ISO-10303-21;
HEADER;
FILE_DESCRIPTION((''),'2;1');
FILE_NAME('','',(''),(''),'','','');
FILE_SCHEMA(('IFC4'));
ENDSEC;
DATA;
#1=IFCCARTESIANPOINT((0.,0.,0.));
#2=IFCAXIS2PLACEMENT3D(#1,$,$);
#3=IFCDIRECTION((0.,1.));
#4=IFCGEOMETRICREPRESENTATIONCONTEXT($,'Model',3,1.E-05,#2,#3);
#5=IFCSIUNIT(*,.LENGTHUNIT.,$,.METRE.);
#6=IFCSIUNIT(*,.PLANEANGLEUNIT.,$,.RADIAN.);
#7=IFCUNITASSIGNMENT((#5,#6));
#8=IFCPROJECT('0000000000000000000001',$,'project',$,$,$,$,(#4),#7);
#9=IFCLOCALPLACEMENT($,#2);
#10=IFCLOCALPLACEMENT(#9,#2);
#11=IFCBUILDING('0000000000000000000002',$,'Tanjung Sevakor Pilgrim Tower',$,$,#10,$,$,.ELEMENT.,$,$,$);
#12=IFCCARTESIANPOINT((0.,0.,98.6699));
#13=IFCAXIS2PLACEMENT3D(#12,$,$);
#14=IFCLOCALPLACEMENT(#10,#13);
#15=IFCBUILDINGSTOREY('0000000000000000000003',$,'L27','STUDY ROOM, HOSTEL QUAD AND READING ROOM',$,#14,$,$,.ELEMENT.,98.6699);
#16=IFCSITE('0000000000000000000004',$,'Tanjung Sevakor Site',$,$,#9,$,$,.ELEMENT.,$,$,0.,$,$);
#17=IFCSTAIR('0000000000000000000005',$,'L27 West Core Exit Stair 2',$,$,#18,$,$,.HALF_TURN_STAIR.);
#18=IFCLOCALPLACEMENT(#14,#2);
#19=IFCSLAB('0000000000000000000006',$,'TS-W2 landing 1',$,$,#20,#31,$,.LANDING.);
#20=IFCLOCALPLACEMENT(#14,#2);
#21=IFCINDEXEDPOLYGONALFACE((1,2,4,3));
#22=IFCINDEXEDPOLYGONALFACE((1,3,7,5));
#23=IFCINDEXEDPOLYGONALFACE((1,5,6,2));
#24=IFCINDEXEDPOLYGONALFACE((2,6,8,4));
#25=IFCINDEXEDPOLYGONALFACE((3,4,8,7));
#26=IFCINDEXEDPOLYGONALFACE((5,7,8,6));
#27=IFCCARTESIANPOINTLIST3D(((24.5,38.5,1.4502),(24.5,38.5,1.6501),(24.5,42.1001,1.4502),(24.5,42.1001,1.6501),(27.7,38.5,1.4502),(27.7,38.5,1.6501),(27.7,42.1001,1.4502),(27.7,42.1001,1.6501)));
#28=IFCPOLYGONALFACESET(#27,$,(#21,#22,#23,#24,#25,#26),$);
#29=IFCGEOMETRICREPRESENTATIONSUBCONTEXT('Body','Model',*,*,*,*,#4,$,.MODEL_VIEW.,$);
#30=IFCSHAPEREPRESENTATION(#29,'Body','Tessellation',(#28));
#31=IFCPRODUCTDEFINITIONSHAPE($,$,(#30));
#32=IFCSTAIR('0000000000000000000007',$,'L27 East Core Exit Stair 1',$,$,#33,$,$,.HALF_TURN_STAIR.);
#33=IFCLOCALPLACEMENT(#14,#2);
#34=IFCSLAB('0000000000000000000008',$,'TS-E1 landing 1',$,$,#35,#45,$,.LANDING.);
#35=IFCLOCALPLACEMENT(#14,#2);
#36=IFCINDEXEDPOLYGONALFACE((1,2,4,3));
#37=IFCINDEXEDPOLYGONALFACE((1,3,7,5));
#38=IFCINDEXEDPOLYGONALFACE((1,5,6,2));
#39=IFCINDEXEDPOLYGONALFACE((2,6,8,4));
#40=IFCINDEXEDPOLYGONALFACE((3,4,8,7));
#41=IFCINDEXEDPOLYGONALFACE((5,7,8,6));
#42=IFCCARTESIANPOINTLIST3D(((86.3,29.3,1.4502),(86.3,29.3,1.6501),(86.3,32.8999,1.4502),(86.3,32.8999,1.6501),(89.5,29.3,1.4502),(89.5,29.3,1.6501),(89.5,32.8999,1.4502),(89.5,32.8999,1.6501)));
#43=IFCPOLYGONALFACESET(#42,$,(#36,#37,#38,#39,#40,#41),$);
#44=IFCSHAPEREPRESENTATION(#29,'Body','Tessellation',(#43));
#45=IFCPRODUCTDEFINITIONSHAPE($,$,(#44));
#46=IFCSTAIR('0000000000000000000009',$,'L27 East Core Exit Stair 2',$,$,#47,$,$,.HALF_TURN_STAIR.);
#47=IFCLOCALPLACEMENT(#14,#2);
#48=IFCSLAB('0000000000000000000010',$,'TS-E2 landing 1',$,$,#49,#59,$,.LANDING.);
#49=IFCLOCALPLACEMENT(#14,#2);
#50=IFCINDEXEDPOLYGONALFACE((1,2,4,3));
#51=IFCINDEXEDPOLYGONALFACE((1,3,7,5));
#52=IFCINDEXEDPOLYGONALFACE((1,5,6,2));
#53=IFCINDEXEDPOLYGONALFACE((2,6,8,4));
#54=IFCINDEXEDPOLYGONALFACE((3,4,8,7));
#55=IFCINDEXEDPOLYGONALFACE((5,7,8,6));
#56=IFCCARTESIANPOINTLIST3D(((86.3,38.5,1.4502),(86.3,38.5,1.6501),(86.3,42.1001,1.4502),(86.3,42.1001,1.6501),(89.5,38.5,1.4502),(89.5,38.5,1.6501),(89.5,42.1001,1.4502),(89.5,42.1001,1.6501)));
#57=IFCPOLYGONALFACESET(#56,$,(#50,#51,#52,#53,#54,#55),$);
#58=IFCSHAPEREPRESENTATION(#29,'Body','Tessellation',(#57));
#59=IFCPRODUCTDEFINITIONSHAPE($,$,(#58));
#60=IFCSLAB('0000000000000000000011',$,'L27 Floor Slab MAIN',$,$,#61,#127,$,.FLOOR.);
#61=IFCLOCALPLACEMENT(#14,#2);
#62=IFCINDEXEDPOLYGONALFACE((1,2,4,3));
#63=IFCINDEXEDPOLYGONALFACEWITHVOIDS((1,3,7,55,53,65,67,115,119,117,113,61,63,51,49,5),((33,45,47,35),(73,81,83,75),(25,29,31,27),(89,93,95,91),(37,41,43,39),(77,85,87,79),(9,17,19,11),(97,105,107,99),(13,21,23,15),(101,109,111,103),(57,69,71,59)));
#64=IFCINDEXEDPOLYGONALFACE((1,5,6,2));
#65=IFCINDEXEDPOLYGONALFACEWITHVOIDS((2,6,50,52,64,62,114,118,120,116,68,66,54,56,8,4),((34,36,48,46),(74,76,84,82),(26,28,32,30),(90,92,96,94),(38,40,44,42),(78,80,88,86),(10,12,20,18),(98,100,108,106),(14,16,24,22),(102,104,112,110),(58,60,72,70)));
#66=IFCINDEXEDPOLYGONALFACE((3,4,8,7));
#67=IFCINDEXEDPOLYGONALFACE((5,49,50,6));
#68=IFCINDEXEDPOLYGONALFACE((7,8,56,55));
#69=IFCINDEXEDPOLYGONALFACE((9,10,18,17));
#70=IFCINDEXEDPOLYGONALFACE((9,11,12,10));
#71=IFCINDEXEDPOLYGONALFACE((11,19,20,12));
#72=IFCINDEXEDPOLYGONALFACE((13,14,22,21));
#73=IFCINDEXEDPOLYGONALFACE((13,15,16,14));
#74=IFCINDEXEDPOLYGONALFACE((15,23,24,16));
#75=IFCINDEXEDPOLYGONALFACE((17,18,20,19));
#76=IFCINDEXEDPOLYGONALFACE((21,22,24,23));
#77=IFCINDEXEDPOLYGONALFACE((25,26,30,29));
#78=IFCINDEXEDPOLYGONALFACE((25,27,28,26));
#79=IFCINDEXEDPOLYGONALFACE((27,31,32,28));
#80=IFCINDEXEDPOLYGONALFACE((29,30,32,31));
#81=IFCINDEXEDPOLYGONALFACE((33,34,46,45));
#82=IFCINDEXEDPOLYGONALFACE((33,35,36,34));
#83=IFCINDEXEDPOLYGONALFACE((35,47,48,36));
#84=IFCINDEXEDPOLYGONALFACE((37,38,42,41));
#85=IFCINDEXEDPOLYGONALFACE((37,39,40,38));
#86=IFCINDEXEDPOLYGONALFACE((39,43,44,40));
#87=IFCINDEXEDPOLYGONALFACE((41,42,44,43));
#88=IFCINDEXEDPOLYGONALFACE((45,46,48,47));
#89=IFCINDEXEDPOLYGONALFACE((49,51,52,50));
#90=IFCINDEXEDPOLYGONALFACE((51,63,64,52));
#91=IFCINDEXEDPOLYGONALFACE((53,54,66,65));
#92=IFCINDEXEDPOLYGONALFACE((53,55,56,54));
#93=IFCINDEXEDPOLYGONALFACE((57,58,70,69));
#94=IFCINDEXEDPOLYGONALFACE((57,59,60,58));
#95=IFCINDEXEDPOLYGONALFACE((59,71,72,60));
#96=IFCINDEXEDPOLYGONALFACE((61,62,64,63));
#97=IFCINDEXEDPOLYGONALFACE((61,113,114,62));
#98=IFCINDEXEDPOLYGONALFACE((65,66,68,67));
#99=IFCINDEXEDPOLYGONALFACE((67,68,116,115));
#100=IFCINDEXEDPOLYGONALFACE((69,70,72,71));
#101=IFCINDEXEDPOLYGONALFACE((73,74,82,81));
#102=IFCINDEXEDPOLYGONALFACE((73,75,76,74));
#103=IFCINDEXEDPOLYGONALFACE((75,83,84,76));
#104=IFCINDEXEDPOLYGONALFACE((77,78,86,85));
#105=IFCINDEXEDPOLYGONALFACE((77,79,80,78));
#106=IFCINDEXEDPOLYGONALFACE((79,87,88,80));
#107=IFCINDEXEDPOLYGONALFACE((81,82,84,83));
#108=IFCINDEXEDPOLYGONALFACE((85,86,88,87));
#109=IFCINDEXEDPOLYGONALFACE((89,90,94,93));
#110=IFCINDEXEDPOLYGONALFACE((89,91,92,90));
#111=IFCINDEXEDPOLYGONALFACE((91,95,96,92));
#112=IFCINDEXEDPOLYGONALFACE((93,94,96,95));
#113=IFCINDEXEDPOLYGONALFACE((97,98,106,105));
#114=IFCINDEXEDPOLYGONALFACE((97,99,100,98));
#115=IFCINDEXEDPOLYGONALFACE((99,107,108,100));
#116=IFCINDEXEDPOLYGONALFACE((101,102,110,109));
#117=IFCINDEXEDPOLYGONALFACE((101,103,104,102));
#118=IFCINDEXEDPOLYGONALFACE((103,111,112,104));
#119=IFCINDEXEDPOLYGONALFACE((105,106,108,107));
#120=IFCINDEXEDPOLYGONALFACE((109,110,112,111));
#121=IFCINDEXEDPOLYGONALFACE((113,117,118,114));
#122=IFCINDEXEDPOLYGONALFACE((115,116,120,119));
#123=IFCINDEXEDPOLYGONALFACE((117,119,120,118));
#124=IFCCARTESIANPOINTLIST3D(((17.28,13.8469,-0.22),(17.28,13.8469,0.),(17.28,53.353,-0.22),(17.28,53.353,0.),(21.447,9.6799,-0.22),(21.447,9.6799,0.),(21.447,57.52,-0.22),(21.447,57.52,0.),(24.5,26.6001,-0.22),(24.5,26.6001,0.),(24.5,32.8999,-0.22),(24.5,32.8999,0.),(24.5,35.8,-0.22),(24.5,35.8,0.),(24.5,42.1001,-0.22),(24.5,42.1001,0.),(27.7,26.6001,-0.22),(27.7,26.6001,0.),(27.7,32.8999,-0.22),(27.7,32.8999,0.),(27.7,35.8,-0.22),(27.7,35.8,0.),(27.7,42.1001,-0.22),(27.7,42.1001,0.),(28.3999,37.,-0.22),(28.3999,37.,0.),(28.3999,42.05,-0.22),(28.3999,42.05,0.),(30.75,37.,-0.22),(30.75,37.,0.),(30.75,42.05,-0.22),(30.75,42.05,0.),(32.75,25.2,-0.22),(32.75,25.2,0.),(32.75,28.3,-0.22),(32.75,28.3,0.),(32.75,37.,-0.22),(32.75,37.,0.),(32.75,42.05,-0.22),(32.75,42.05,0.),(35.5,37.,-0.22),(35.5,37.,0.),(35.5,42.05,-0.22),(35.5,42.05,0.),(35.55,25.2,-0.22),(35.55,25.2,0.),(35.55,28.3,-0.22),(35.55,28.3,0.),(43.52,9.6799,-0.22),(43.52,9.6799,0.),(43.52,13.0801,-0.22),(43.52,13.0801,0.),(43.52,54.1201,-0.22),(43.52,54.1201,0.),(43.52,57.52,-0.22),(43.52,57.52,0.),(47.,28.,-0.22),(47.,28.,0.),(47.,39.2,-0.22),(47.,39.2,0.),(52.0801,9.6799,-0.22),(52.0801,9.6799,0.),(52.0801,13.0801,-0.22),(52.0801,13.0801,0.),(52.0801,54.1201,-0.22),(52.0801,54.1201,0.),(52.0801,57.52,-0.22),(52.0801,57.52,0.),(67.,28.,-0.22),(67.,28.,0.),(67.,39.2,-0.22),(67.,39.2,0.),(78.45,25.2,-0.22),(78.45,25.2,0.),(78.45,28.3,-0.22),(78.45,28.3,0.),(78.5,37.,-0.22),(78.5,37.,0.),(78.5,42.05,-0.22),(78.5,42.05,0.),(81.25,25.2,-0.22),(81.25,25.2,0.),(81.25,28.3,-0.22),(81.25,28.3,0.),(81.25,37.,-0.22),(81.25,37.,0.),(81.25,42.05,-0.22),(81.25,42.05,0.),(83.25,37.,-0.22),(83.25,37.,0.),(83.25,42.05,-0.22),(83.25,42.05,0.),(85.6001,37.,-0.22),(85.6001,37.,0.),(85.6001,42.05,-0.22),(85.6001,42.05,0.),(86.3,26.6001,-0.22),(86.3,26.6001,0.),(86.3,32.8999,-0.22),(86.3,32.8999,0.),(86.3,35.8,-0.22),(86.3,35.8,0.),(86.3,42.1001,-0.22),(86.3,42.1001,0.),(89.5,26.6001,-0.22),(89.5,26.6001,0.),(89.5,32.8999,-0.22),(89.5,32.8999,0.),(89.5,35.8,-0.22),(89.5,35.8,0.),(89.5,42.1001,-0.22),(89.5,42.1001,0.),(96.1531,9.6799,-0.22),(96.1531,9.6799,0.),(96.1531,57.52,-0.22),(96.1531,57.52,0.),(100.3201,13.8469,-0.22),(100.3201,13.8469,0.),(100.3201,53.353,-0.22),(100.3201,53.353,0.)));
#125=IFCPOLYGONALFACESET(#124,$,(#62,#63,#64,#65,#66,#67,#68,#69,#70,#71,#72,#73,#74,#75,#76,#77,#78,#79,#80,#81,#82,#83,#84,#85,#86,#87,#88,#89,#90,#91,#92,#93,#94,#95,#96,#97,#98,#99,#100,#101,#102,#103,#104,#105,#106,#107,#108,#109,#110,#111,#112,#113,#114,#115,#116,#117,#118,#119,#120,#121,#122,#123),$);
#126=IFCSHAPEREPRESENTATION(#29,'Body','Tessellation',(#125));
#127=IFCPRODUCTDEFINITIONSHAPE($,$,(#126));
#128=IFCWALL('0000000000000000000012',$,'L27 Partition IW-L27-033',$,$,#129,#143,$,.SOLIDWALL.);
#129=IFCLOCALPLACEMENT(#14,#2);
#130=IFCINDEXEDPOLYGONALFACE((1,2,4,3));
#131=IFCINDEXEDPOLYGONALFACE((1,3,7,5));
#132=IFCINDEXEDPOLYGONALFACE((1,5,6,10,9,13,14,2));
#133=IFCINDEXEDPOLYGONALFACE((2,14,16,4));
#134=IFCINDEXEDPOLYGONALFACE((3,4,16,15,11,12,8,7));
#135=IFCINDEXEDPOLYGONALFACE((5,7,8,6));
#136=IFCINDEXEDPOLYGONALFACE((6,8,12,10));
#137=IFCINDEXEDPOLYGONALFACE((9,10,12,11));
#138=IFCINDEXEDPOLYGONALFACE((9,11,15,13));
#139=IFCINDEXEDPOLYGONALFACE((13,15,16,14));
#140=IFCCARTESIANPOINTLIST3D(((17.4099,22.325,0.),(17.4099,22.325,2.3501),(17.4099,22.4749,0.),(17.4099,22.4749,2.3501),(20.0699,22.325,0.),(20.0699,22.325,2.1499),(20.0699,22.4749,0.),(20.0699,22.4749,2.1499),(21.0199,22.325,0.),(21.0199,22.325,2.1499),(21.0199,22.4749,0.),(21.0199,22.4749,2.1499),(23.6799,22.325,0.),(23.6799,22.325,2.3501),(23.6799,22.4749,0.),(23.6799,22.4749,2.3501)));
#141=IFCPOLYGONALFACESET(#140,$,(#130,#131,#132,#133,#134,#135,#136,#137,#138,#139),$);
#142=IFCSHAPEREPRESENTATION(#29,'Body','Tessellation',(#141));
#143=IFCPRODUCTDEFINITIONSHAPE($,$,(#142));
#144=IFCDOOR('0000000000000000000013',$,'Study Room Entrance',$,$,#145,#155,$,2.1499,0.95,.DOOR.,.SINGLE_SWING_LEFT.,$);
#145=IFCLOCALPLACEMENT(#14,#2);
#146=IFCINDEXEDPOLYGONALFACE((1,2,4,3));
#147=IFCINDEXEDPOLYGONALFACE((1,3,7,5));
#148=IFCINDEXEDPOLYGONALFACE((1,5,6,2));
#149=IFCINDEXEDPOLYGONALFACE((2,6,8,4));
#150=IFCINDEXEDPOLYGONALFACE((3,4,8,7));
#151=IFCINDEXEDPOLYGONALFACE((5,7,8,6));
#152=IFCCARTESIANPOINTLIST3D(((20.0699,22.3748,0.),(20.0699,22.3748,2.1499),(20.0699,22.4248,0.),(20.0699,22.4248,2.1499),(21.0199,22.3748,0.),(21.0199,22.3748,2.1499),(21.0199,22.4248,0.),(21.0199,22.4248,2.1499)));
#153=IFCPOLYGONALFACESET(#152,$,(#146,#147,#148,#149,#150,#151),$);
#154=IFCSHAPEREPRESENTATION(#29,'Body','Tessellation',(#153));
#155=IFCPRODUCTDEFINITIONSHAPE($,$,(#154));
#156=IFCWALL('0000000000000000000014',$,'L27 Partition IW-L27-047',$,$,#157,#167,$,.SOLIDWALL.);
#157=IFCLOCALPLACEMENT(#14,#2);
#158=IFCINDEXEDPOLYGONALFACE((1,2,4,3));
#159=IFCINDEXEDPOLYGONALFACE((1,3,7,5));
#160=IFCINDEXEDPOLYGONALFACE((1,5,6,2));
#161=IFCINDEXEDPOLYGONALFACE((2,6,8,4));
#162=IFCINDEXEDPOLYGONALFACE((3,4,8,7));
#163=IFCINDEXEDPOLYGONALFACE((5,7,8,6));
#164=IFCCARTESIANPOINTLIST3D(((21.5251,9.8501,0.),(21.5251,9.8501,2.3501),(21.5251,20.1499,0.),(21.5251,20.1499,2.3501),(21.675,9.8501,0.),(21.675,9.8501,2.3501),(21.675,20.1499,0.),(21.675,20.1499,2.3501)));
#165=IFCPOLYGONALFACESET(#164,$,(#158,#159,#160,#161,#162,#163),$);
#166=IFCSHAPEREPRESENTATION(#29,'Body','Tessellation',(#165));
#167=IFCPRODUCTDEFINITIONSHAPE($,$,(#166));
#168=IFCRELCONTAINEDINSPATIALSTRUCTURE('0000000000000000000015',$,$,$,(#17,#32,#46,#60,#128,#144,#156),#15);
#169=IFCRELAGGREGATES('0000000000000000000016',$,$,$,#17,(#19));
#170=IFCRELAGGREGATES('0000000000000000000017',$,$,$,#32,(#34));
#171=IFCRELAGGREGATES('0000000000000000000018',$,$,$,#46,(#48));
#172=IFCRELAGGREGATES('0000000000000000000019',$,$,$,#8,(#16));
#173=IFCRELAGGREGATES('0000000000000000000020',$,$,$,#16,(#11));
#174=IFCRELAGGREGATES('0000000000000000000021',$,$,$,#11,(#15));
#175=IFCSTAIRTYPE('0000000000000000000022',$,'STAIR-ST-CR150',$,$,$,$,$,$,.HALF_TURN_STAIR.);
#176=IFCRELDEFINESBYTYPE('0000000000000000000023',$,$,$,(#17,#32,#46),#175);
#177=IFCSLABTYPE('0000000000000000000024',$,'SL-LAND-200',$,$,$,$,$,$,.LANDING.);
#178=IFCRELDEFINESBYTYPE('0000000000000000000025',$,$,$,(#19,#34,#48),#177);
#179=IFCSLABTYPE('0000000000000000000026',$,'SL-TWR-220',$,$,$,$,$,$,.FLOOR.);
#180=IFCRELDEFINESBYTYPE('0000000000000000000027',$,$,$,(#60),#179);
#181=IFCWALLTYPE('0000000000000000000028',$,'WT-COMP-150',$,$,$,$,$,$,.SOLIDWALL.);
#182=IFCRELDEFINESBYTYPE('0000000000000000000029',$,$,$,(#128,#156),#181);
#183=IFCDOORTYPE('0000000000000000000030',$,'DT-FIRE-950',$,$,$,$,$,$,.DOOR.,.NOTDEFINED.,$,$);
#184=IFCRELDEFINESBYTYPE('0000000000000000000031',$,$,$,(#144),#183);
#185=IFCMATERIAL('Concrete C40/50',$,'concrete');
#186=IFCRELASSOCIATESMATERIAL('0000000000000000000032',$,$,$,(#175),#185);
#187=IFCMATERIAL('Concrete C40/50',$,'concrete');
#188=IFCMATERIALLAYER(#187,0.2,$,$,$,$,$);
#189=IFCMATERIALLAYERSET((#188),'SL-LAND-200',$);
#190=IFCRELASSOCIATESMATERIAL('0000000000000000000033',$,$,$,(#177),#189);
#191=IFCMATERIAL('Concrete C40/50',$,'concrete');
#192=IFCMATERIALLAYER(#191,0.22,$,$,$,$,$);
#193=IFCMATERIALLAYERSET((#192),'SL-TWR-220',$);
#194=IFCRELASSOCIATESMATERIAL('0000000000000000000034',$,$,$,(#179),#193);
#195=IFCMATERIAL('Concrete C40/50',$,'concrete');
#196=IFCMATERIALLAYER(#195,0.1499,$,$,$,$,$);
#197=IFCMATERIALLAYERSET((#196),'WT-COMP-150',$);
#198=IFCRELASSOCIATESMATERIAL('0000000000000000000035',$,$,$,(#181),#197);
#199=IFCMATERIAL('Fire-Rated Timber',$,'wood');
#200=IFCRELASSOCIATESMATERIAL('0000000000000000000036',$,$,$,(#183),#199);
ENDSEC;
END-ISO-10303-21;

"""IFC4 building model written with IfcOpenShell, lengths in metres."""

from ifc_helpers import new_model, si_unit, direction, frame, frame_2d, origin, place, context, subcontext, project, spatial, polyline, rectangle, outline, extrude, material, layer, layer_set, type_object, element, fill, aggregate, save


model = new_model("IFC4")

# Units and contexts
model_context = context("Model", 3, precision=1e-05, world=origin(), true_north=direction((0.0, 1.0)))
body_context = subcontext(model_context, "Body", "Model", "MODEL_VIEW")
ifc_project = project(units=[si_unit("LENGTHUNIT", "METRE"), si_unit("PLANEANGLEUNIT", "RADIAN")], contexts=[model_context])

# Site, building, storey
site_placement = place(None, origin())
site = spatial("IfcSite", under=ifc_project, at=site_placement, Name="Tanjung Sevakor Site", CompositionType="ELEMENT", RefElevation=0.0)
building_placement = place(site_placement, origin())
building = spatial("IfcBuilding", under=site, at=building_placement, Name="Tanjung Sevakor Pilgrim Tower", CompositionType="ELEMENT")
storey_placement = place(building_placement, frame((0.0, 0.0, 98.6699)))
storey = spatial("IfcBuildingStorey", under=building, at=storey_placement, Name="L27", Description="STUDY ROOM, HOSTEL QUAD AND READING ROOM", CompositionType="ELEMENT", Elevation=98.6699)

# Stairs, slabs
ifc_material_1 = material(Name="Concrete C40/50", Category="concrete")
stair_type = type_object("IfcStairType", Name="STAIR-ST-CR150", PredefinedType="HALF_TURN_STAIR", material=ifc_material_1)
ifc_material_2 = material(Name="Concrete C40/50", Category="concrete")
ifc_layer_1 = layer(ifc_material_2, 0.2)
ifc_layer_set_1 = layer_set([ifc_layer_1], Name="SL-LAND-200")
slab_type_1 = type_object("IfcSlabType", Name="SL-LAND-200", PredefinedType="LANDING", material=ifc_layer_set_1)
stair_1_placement = place(storey_placement, origin())
stair_1 = element("IfcStair", 1, at=stair_1_placement, inside=storey, type_object=stair_type, Name="L27 West Core Exit Stair 2", PredefinedType="HALF_TURN_STAIR")
slab_1_placement = place(storey_placement, frame((0.0, 0.0, 1.4502)))
slab_1 = element("IfcSlab", 2, at=slab_1_placement, type_object=slab_type_1, Name="TS-W2 landing 1", PredefinedType="LANDING", context=body_context, shape_type="SweptSolid", body=[
    extrude(outline(polyline([(27.7, 38.5), (27.7, 42.1001), (24.5, 42.1001), (24.5, 38.5), (27.7, 38.5)])), origin(), (0.0, 0.0, 1.0), 0.2),
])
aggregate(stair_1, [slab_1])
stair_2_placement = place(storey_placement, origin())
stair_2 = element("IfcStair", 3, at=stair_2_placement, inside=storey, type_object=stair_type, Name="L27 East Core Exit Stair 1", PredefinedType="HALF_TURN_STAIR")
slab_2_placement = place(storey_placement, frame((0.0, 0.0, 1.4502)))
slab_2 = element("IfcSlab", 4, at=slab_2_placement, type_object=slab_type_1, Name="TS-E1 landing 1", PredefinedType="LANDING", context=body_context, shape_type="SweptSolid", body=[
    extrude(outline(polyline([(89.5, 29.3), (89.5, 32.8999), (86.3, 32.8999), (86.3, 29.3), (89.5, 29.3)])), origin(), (0.0, 0.0, 1.0), 0.2),
])
aggregate(stair_2, [slab_2])
stair_3_placement = place(storey_placement, origin())
stair_3 = element("IfcStair", 5, at=stair_3_placement, inside=storey, type_object=stair_type, Name="L27 East Core Exit Stair 2", PredefinedType="HALF_TURN_STAIR")
slab_3_placement = place(storey_placement, frame((0.0, 0.0, 1.4502)))
slab_3 = element("IfcSlab", 6, at=slab_3_placement, type_object=slab_type_1, Name="TS-E2 landing 1", PredefinedType="LANDING", context=body_context, shape_type="SweptSolid", body=[
    extrude(outline(polyline([(89.5, 38.5), (89.5, 42.1001), (86.3, 42.1001), (86.3, 38.5), (89.5, 38.5)])), origin(), (0.0, 0.0, 1.0), 0.2),
])
aggregate(stair_3, [slab_3])

# Slab
ifc_material_3 = material(Name="Concrete C40/50", Category="concrete")
ifc_layer_2 = layer(ifc_material_3, 0.22)
ifc_layer_set_2 = layer_set([ifc_layer_2], Name="SL-TWR-220")
slab_type_2 = type_object("IfcSlabType", Name="SL-TWR-220", PredefinedType="FLOOR", material=ifc_layer_set_2)
slab_4_placement = place(storey_placement, frame((0.0, 0.0, -0.22)))
element("IfcSlab", 7, at=slab_4_placement, inside=storey, type_object=slab_type_2, Name="L27 Floor Slab MAIN", PredefinedType="FLOOR", context=body_context, shape_type="SweptSolid", body=[
    extrude(outline(polyline([(21.447, 9.6799), (43.52, 9.6799), (43.52, 13.0801), (52.0801, 13.0801), (52.0801, 9.6799), (96.1531, 9.6799), (100.3201, 13.8469), (100.3201, 53.353), (96.1531, 57.52), (52.0801, 57.52), (52.0801, 54.1201), (43.52, 54.1201), (43.52, 57.52), (21.447, 57.52), (17.28, 53.353), (17.28, 13.8469), (21.447, 9.6799)]), holes=[polyline([(27.7, 26.6001), (27.7, 32.8999), (24.5, 32.8999), (24.5, 26.6001), (27.7, 26.6001)]), polyline([(27.7, 35.8), (27.7, 42.1001), (24.5, 42.1001), (24.5, 35.8), (27.7, 35.8)]), polyline([(89.5, 26.6001), (89.5, 32.8999), (86.3, 32.8999), (86.3, 26.6001), (89.5, 26.6001)]), polyline([(89.5, 35.8), (89.5, 42.1001), (86.3, 42.1001), (86.3, 35.8), (89.5, 35.8)]), polyline([(32.75, 25.2), (35.55, 25.2), (35.55, 28.3), (32.75, 28.3), (32.75, 25.2)]), polyline([(28.3999, 37.0), (30.75, 37.0), (30.75, 42.05), (28.3999, 42.05), (28.3999, 37.0)]), polyline([(32.75, 37.0), (35.5, 37.0), (35.5, 42.05), (32.75, 42.05), (32.75, 37.0)]), polyline([(78.45, 25.2), (81.25, 25.2), (81.25, 28.3), (78.45, 28.3), (78.45, 25.2)]), polyline([(83.25, 37.0), (85.6001, 37.0), (85.6001, 42.05), (83.25, 42.05), (83.25, 37.0)]), polyline([(78.5, 37.0), (81.25, 37.0), (81.25, 42.05), (78.5, 42.05), (78.5, 37.0)]), polyline([(47.0, 28.0), (67.0, 28.0), (67.0, 39.2), (47.0, 39.2), (47.0, 28.0)])]), origin(), (0.0, 0.0, 1.0), 0.22),
])

# Wall, opening, door
ifc_material_4 = material(Name="Concrete C40/50", Category="concrete")
ifc_layer_3 = layer(ifc_material_4, 0.1499)
ifc_layer_set_3 = layer_set([ifc_layer_3], Name="WT-COMP-150")
wall_type_1 = type_object("IfcWallType", Name="WT-COMP-150", PredefinedType="SOLIDWALL", material=ifc_layer_set_3)
wall_1_placement = place(storey_placement, frame((17.4099, 22.3999, 0.0), z_axis=(0.0, 0.0, 1.0), x_axis=(1.0, 0.0, 0.0)))
wall_1 = element("IfcWall", 8, at=wall_1_placement, inside=storey, type_object=wall_type_1, Name="L27 Partition IW-L27-033", PredefinedType="SOLIDWALL", context=body_context, shape_type="SweptSolid", body=[
    extrude(rectangle(XDim=6.27, YDim=0.1499, at=frame_2d((3.135, 0.0))), origin(), (0.0, 0.0, 1.0), 2.3501),
])
opening_1_placement = place(wall_1_placement, frame((2.6599, 0.0, 0.0)))
opening_1 = element("IfcOpeningElement", 9, at=opening_1_placement, cuts=wall_1, PredefinedType="OPENING", context=body_context, shape_type="SweptSolid", body=[
    extrude(rectangle(XDim=0.95, YDim=2.1499, at=frame_2d((0.4751, 1.075))), frame((0.0, 0.085, 0.0), z_axis=(0.0, -1.0, 0.0), x_axis=(1.0, 0.0, 0.0)), (0.0, 0.0, 1.0), 0.1699),
])
ifc_material_5 = material(Name="Fire-Rated Timber", Category="wood")
door_type_1 = type_object("IfcDoorType", Name="DT-FIRE-950", OperationType="NOTDEFINED", PredefinedType="DOOR", material=ifc_material_5)
door_1_placement = place(opening_1_placement, origin())
door_1 = element("IfcDoor", 10, at=door_1_placement, inside=storey, type_object=door_type_1, Name="Study Room Entrance", OperationType="SINGLE_SWING_LEFT", OverallHeight=2.1499, OverallWidth=0.95, PredefinedType="DOOR", context=body_context, shape_type="SweptSolid", body=[
    extrude(rectangle(XDim=0.95, YDim=2.1499, at=frame_2d((0.4751, 1.075))), frame((0.0, 0.0249, 0.0), z_axis=(0.0, -1.0, 0.0), x_axis=(1.0, 0.0, 0.0)), (0.0, 0.0, 1.0), 0.05),
])
fill(opening_1, door_1)

# Wall
wall_2_placement = place(storey_placement, frame((21.6001, 9.8501, 0.0), z_axis=(0.0, 0.0, 1.0), x_axis=(0.0, 1.0, 0.0)))
element("IfcWall", 11, at=wall_2_placement, inside=storey, type_object=wall_type_1, Name="L27 Partition IW-L27-047", PredefinedType="SOLIDWALL", context=body_context, shape_type="SweptSolid", body=[
    extrude(rectangle(XDim=10.2998, YDim=0.1499, at=frame_2d((5.1499, 0.0))), origin(), (0.0, 0.0, 1.0), 2.3501),
])

save(model, "model.ifc")
